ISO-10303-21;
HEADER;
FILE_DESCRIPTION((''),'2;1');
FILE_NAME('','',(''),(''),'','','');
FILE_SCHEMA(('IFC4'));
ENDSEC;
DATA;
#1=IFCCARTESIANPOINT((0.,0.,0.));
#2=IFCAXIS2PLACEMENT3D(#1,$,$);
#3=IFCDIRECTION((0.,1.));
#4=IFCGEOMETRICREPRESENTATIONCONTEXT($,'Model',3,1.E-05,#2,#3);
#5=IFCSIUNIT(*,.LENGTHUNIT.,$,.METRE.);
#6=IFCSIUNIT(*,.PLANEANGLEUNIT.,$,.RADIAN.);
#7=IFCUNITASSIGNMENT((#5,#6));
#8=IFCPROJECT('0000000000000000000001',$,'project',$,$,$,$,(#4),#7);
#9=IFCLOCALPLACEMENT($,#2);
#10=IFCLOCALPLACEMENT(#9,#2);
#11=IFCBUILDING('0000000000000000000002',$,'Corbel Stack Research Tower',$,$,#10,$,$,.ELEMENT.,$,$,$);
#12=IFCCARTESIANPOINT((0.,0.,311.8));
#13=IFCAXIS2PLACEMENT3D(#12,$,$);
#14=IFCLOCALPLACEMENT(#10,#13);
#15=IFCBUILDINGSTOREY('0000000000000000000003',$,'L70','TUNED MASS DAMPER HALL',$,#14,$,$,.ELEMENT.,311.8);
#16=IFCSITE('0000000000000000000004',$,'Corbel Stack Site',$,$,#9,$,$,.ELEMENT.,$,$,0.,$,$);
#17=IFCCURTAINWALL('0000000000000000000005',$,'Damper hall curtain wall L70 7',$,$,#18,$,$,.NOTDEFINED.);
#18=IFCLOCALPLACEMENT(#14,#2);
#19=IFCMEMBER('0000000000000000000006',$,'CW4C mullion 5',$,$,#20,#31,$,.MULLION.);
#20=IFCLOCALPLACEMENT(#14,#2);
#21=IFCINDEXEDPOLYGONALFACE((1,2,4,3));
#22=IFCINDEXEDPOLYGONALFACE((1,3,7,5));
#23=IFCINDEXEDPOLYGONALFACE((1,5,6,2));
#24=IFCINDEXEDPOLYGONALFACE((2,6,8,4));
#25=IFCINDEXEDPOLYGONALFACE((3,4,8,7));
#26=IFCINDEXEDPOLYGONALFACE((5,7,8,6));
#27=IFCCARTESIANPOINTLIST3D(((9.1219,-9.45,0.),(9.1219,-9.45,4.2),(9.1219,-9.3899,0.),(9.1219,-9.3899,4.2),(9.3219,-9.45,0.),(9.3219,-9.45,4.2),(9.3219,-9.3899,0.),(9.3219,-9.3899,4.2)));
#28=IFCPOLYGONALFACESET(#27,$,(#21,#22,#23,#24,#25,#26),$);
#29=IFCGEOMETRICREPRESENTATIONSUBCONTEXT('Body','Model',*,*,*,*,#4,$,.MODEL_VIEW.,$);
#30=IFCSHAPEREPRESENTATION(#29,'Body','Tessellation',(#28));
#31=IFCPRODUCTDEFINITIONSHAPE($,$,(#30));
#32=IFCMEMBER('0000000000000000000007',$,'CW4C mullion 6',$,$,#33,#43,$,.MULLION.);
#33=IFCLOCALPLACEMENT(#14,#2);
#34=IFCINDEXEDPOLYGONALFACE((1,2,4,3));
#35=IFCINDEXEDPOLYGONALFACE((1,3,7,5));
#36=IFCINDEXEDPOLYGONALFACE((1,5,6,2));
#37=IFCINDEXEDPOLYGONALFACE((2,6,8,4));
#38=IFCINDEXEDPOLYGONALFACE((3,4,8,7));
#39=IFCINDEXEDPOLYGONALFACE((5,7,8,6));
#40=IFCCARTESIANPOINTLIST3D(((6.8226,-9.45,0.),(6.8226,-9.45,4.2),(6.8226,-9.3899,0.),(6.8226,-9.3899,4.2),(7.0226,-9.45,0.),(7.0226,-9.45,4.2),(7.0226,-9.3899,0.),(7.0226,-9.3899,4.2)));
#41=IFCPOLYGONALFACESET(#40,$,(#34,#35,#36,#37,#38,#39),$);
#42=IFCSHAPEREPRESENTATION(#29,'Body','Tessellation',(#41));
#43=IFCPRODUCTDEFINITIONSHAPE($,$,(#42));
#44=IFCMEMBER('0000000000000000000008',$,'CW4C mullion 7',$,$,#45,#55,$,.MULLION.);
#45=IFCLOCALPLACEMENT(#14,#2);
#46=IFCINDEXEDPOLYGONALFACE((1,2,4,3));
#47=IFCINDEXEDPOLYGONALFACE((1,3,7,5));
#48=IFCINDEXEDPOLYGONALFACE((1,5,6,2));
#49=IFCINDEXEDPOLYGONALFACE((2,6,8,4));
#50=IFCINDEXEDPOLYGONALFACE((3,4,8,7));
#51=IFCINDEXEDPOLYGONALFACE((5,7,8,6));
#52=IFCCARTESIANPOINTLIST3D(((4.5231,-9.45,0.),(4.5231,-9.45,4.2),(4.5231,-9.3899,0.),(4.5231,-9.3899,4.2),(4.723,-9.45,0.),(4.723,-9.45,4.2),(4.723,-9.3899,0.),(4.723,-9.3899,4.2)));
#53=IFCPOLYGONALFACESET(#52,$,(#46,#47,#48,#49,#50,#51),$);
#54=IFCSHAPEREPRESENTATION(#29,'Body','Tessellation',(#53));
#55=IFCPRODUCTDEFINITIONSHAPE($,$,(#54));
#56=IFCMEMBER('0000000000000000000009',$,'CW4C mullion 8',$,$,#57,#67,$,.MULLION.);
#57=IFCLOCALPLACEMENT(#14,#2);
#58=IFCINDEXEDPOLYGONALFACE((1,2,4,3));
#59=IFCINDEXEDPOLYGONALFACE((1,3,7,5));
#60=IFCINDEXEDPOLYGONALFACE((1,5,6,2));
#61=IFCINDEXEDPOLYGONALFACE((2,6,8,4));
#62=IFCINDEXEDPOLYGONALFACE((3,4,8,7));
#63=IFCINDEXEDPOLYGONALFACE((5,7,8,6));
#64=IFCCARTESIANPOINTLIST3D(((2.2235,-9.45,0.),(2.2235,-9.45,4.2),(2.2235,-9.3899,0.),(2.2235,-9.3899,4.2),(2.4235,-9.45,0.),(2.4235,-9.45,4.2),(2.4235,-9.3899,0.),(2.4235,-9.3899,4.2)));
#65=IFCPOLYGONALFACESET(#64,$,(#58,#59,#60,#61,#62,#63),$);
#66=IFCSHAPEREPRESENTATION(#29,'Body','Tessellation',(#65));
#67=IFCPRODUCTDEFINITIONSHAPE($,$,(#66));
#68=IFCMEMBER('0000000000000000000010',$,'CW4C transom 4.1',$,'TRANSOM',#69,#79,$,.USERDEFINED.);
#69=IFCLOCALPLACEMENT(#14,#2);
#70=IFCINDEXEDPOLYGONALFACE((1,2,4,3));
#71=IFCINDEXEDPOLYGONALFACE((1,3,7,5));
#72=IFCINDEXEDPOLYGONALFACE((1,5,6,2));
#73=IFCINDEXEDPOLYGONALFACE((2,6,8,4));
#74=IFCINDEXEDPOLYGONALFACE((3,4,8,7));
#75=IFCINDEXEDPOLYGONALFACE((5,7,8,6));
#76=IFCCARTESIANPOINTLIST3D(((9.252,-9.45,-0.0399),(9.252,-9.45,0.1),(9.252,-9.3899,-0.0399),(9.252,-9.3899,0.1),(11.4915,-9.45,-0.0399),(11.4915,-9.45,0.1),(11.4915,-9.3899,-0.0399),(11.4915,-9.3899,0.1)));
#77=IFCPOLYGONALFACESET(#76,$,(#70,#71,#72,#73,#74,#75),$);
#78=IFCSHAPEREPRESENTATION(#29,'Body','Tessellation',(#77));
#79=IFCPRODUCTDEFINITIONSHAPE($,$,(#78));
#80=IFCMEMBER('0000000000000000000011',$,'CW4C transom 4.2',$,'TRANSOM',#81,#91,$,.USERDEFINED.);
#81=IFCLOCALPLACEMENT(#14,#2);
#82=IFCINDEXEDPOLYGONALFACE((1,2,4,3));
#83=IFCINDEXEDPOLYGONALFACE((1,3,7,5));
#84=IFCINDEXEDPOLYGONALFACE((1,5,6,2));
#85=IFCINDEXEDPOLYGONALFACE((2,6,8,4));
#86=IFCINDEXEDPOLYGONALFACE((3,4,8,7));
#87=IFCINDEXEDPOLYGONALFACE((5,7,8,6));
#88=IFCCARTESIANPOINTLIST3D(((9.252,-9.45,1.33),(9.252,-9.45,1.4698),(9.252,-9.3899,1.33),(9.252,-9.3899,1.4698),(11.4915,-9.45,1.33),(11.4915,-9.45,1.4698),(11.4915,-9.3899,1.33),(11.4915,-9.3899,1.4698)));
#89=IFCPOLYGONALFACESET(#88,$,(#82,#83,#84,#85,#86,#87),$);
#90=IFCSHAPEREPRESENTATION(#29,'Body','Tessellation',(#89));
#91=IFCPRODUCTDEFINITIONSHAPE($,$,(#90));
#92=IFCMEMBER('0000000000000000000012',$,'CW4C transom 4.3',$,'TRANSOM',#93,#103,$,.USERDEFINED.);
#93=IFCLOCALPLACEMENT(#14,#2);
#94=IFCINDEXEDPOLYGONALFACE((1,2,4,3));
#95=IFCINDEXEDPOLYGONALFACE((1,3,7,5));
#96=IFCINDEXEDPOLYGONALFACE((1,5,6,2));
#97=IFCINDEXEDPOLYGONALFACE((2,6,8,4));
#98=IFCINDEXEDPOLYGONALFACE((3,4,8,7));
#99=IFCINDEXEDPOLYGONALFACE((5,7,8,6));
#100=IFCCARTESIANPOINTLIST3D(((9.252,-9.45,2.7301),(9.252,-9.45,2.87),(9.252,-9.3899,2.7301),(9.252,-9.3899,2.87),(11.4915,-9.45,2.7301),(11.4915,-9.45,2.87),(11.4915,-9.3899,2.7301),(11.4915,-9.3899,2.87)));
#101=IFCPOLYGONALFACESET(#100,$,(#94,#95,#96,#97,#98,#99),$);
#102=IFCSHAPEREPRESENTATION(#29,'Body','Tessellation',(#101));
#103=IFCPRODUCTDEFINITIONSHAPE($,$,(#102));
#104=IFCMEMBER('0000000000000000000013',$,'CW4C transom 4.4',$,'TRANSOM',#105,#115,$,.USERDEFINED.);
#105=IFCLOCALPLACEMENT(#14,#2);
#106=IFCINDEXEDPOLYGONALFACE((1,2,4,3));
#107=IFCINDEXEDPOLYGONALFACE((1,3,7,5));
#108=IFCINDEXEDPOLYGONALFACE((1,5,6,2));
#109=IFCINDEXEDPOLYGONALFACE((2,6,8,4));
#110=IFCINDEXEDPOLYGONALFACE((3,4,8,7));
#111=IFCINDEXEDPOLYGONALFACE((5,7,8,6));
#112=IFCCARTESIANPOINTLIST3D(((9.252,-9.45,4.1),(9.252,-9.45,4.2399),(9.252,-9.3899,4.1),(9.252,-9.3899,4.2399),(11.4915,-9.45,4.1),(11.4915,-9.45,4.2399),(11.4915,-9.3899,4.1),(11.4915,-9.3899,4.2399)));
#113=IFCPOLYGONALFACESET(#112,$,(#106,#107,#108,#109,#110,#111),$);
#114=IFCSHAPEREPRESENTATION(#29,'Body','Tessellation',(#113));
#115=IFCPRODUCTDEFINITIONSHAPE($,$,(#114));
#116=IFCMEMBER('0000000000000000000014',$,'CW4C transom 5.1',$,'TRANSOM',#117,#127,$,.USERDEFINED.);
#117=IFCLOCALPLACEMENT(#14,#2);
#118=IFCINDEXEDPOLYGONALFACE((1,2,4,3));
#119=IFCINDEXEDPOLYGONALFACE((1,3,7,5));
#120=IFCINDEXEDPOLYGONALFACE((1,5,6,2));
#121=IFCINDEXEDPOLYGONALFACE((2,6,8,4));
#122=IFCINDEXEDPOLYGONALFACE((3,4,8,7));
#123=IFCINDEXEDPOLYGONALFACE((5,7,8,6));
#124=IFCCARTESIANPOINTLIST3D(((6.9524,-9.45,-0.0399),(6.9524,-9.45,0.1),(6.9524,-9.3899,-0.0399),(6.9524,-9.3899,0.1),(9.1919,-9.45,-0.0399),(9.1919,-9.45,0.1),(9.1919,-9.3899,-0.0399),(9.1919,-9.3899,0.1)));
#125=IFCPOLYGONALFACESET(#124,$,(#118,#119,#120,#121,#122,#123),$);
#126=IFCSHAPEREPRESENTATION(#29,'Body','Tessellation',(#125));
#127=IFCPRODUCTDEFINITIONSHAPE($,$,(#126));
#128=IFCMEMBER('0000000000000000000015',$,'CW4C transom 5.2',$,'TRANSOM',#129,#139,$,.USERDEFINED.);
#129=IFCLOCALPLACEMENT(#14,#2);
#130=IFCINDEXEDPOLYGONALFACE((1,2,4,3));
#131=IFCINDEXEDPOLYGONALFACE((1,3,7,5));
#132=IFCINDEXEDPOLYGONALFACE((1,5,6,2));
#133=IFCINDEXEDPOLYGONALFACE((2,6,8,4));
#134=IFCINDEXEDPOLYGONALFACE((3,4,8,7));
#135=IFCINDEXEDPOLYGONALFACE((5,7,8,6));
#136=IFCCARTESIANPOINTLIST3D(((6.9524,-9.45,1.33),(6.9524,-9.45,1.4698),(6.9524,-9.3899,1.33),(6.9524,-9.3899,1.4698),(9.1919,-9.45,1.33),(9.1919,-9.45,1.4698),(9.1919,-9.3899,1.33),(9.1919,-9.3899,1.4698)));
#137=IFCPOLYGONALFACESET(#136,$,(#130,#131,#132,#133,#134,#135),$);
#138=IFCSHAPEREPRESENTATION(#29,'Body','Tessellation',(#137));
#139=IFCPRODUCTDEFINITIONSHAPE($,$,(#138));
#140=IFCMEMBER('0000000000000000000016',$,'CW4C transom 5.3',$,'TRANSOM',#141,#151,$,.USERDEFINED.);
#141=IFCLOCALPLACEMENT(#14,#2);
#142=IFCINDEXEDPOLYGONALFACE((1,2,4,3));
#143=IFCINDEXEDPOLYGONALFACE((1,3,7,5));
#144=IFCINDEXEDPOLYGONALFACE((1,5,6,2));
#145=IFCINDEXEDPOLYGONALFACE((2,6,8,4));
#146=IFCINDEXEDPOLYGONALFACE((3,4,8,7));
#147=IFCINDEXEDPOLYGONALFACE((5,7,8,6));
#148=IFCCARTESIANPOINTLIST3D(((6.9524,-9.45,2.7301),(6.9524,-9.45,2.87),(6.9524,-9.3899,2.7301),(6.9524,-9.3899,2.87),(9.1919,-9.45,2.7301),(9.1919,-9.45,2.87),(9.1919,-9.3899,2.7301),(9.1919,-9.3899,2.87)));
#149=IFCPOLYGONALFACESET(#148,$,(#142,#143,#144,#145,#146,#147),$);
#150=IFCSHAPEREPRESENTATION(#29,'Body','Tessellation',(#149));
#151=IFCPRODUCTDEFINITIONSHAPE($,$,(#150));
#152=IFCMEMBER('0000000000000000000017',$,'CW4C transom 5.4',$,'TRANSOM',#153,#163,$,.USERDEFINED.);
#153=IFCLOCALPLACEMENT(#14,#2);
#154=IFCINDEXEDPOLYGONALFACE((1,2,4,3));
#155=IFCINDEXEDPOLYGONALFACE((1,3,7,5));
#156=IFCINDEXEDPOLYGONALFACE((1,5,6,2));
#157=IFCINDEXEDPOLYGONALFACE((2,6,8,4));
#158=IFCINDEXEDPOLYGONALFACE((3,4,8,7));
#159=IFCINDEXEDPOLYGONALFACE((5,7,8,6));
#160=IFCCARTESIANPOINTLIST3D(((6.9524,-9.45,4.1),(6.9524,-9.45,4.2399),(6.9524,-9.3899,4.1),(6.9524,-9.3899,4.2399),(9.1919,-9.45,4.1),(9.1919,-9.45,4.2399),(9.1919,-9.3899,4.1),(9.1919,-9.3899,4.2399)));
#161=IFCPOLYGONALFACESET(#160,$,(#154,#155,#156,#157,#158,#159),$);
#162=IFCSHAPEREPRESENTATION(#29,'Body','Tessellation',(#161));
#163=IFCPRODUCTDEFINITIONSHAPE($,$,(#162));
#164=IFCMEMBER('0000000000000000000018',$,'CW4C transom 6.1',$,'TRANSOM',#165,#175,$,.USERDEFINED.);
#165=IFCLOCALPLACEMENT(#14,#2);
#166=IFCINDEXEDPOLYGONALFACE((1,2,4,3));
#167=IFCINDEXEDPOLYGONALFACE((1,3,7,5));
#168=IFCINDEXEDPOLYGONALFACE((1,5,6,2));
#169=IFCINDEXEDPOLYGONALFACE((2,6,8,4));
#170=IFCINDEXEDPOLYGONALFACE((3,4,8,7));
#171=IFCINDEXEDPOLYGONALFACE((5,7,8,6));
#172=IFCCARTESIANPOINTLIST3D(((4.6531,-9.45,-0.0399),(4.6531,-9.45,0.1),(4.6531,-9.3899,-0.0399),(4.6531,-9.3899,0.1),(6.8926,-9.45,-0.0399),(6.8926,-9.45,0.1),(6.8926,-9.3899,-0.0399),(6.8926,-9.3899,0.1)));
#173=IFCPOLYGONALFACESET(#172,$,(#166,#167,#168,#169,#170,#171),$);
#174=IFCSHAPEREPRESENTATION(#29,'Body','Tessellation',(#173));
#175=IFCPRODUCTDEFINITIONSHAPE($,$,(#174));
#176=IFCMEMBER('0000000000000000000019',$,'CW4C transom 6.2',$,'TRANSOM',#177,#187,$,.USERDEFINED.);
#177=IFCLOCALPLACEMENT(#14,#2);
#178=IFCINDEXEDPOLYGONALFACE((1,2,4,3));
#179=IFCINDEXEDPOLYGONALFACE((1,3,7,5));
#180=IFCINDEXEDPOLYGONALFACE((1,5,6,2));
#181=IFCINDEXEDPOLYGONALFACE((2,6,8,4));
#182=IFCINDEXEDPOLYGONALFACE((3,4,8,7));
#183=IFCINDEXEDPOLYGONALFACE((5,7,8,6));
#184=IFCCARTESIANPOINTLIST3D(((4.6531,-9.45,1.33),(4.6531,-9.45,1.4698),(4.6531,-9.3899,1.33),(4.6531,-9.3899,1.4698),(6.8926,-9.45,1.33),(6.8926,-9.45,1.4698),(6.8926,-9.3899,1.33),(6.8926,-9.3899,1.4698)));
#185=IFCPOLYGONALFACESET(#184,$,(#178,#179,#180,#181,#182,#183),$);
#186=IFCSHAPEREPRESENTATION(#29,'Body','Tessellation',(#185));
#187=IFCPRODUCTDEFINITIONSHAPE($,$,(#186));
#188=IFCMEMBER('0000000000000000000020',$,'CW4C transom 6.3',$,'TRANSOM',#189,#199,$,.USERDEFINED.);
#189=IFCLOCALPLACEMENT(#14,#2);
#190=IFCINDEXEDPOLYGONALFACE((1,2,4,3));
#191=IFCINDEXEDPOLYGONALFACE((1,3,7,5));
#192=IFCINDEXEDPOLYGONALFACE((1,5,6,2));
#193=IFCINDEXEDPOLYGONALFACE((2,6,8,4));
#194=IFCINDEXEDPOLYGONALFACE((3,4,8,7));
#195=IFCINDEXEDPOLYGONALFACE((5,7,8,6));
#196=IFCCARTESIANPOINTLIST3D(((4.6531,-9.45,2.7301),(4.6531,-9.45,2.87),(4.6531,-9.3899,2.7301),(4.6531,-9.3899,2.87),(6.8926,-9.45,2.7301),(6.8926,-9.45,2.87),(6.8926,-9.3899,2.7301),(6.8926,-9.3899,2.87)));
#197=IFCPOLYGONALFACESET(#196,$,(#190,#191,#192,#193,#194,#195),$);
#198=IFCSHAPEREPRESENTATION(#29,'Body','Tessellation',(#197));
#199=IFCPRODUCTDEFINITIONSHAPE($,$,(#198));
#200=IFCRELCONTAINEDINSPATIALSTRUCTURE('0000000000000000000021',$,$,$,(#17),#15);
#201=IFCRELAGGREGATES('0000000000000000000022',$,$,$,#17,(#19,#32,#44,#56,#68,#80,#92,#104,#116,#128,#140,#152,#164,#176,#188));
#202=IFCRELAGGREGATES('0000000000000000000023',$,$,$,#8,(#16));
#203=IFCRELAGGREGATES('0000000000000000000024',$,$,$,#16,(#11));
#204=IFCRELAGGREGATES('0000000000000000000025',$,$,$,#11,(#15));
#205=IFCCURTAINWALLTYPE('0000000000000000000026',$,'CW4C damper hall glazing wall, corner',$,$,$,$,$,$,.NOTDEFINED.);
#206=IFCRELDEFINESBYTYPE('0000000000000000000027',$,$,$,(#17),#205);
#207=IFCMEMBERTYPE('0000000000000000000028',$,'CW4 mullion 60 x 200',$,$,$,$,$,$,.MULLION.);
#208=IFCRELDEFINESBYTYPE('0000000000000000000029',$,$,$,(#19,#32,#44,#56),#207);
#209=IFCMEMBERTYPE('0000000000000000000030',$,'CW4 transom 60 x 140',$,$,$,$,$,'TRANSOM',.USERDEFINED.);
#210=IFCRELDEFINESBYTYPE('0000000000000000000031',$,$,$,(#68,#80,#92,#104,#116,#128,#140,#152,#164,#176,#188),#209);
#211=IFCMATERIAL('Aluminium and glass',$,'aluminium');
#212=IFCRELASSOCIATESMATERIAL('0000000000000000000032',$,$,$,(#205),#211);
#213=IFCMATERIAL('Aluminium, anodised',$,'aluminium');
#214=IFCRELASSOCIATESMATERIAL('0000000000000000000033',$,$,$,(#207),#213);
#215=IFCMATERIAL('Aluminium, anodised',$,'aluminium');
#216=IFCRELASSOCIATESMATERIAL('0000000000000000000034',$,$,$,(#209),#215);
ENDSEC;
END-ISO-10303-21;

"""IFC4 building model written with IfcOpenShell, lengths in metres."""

from ifc_helpers import new_model, si_unit, direction, frame, origin, origin_2d, place, context, subcontext, project, spatial, rectangle, extrude, material, material_profile, profile_set, type_object, element, aggregate, save


model = new_model("IFC4")

# Units and contexts
model_context = context("Model", 3, precision=1e-05, world=origin(), true_north=direction((0.0, 1.0)))
body_context = subcontext(model_context, "Body", "Model", "MODEL_VIEW")
ifc_project = project(units=[si_unit("LENGTHUNIT", "METRE"), si_unit("PLANEANGLEUNIT", "RADIAN")], contexts=[model_context])

# Site, building, storey
site_placement = place(None, origin())
site = spatial("IfcSite", under=ifc_project, at=site_placement, Name="Corbel Stack Site", CompositionType="ELEMENT", RefElevation=0.0)
building_placement = place(site_placement, origin())
building = spatial("IfcBuilding", under=site, at=building_placement, Name="Corbel Stack Research Tower", CompositionType="ELEMENT")
storey_placement = place(building_placement, frame((0.0, 0.0, 311.8)))
storey = spatial("IfcBuildingStorey", under=building, at=storey_placement, Name="L70", Description="TUNED MASS DAMPER HALL", CompositionType="ELEMENT", Elevation=311.8)

# Curtain wall, members
ifc_material_1 = material(Name="Aluminium and glass", Category="aluminium")
curtain_wall_type = type_object("IfcCurtainWallType", Name="CW4C damper hall glazing wall, corner", PredefinedType="NOTDEFINED", material=ifc_material_1)
curtain_wall_placement = place(storey_placement, origin())
curtain_wall = element("IfcCurtainWall", 1, at=curtain_wall_placement, inside=storey, type_object=curtain_wall_type, Name="Damper hall curtain wall L70 7", PredefinedType="NOTDEFINED")
ifc_material_2 = material(Name="Aluminium, anodised", Category="aluminium")
ifc_material_profile_1 = material_profile(ifc_material_2, rectangle(XDim=0.0601, YDim=0.2, at=origin_2d()), Name="CW4 mullion 60 x 200")
ifc_profile_set_1 = profile_set([ifc_material_profile_1], Name="Aluminium, anodised")
member_type_1 = type_object("IfcMemberType", Name="CW4 mullion 60 x 200", PredefinedType="MULLION", material=ifc_profile_set_1)
member_1_placement = place(storey_placement, frame((9.2219, -9.4199, 0.0), z_axis=(0.0, 0.0, 1.0), x_axis=(0.0, -1.0, 0.0)))
member_1 = element("IfcMember", 2, at=member_1_placement, type_object=member_type_1, Name="CW4C mullion 5", PredefinedType="MULLION", context=body_context, shape_type="SweptSolid", body=[
    extrude(rectangle(XDim=0.0601, YDim=0.2, at=origin_2d()), origin(), (0.0, 0.0, 1.0), 4.2),
])
member_2_placement = place(storey_placement, frame((6.9226, -9.4199, 0.0), z_axis=(0.0, 0.0, 1.0), x_axis=(0.0, -1.0, 0.0)))
member_2 = element("IfcMember", 3, at=member_2_placement, type_object=member_type_1, Name="CW4C mullion 6", PredefinedType="MULLION", context=body_context, shape_type="SweptSolid", body=[
    extrude(rectangle(XDim=0.0601, YDim=0.2, at=origin_2d()), origin(), (0.0, 0.0, 1.0), 4.2),
])
member_3_placement = place(storey_placement, frame((4.623, -9.4199, 0.0), z_axis=(0.0, 0.0, 1.0), x_axis=(0.0, -1.0, 0.0)))
member_3 = element("IfcMember", 4, at=member_3_placement, type_object=member_type_1, Name="CW4C mullion 7", PredefinedType="MULLION", context=body_context, shape_type="SweptSolid", body=[
    extrude(rectangle(XDim=0.0601, YDim=0.2, at=origin_2d()), origin(), (0.0, 0.0, 1.0), 4.2),
])
member_4_placement = place(storey_placement, frame((2.3235, -9.4199, 0.0), z_axis=(0.0, 0.0, 1.0), x_axis=(0.0, -1.0, 0.0)))
member_4 = element("IfcMember", 5, at=member_4_placement, type_object=member_type_1, Name="CW4C mullion 8", PredefinedType="MULLION", context=body_context, shape_type="SweptSolid", body=[
    extrude(rectangle(XDim=0.0601, YDim=0.2, at=origin_2d()), origin(), (0.0, 0.0, 1.0), 4.2),
])
ifc_material_3 = material(Name="Aluminium, anodised", Category="aluminium")
ifc_material_profile_2 = material_profile(ifc_material_3, rectangle(XDim=0.0601, YDim=0.1399, at=origin_2d()), Name="CW4 transom 60 x 140")
ifc_profile_set_2 = profile_set([ifc_material_profile_2], Name="Aluminium, anodised")
member_type_2 = type_object("IfcMemberType", Name="CW4 transom 60 x 140", ElementType="TRANSOM", PredefinedType="USERDEFINED", material=ifc_profile_set_2)
member_5_placement = place(storey_placement, frame((11.4915, -9.4199, 0.03), z_axis=(-1.0, 0.0, 0.0), x_axis=(0.0, -1.0, 0.0)))
member_5 = element("IfcMember", 6, at=member_5_placement, type_object=member_type_2, Name="CW4C transom 4.1", ObjectType="TRANSOM", PredefinedType="USERDEFINED", context=body_context, shape_type="SweptSolid", body=[
    extrude(rectangle(XDim=0.0601, YDim=0.1399, at=origin_2d()), origin(), (0.0, 0.0, 1.0), 2.2395),
])
member_6_placement = place(storey_placement, frame((11.4915, -9.4199, 1.3999), z_axis=(-1.0, 0.0, 0.0), x_axis=(0.0, -1.0, 0.0)))
member_6 = element("IfcMember", 7, at=member_6_placement, type_object=member_type_2, Name="CW4C transom 4.2", ObjectType="TRANSOM", PredefinedType="USERDEFINED", context=body_context, shape_type="SweptSolid", body=[
    extrude(rectangle(XDim=0.0601, YDim=0.1399, at=origin_2d()), origin(), (0.0, 0.0, 1.0), 2.2395),
])
member_7_placement = place(storey_placement, frame((11.4915, -9.4199, 2.8), z_axis=(-1.0, 0.0, 0.0), x_axis=(0.0, -1.0, 0.0)))
member_7 = element("IfcMember", 8, at=member_7_placement, type_object=member_type_2, Name="CW4C transom 4.3", ObjectType="TRANSOM", PredefinedType="USERDEFINED", context=body_context, shape_type="SweptSolid", body=[
    extrude(rectangle(XDim=0.0601, YDim=0.1399, at=origin_2d()), origin(), (0.0, 0.0, 1.0), 2.2395),
])
member_8_placement = place(storey_placement, frame((11.4915, -9.4199, 4.1699), z_axis=(-1.0, 0.0, 0.0), x_axis=(0.0, -1.0, 0.0)))
member_8 = element("IfcMember", 9, at=member_8_placement, type_object=member_type_2, Name="CW4C transom 4.4", ObjectType="TRANSOM", PredefinedType="USERDEFINED", context=body_context, shape_type="SweptSolid", body=[
    extrude(rectangle(XDim=0.0601, YDim=0.1399, at=origin_2d()), origin(), (0.0, 0.0, 1.0), 2.2395),
])
member_9_placement = place(storey_placement, frame((9.1919, -9.4199, 0.03), z_axis=(-1.0, 0.0, 0.0), x_axis=(0.0, -1.0, 0.0)))
member_9 = element("IfcMember", 10, at=member_9_placement, type_object=member_type_2, Name="CW4C transom 5.1", ObjectType="TRANSOM", PredefinedType="USERDEFINED", context=body_context, shape_type="SweptSolid", body=[
    extrude(rectangle(XDim=0.0601, YDim=0.1399, at=origin_2d()), origin(), (0.0, 0.0, 1.0), 2.2395),
])
member_10_placement = place(storey_placement, frame((9.1919, -9.4199, 1.3999), z_axis=(-1.0, 0.0, 0.0), x_axis=(0.0, -1.0, 0.0)))
member_10 = element("IfcMember", 11, at=member_10_placement, type_object=member_type_2, Name="CW4C transom 5.2", ObjectType="TRANSOM", PredefinedType="USERDEFINED", context=body_context, shape_type="SweptSolid", body=[
    extrude(rectangle(XDim=0.0601, YDim=0.1399, at=origin_2d()), origin(), (0.0, 0.0, 1.0), 2.2395),
])
member_11_placement = place(storey_placement, frame((9.1919, -9.4199, 2.8), z_axis=(-1.0, 0.0, 0.0), x_axis=(0.0, -1.0, 0.0)))
member_11 = element("IfcMember", 12, at=member_11_placement, type_object=member_type_2, Name="CW4C transom 5.3", ObjectType="TRANSOM", PredefinedType="USERDEFINED", context=body_context, shape_type="SweptSolid", body=[
    extrude(rectangle(XDim=0.0601, YDim=0.1399, at=origin_2d()), origin(), (0.0, 0.0, 1.0), 2.2395),
])
member_12_placement = place(storey_placement, frame((9.1919, -9.4199, 4.1699), z_axis=(-1.0, 0.0, 0.0), x_axis=(0.0, -1.0, 0.0)))
member_12 = element("IfcMember", 13, at=member_12_placement, type_object=member_type_2, Name="CW4C transom 5.4", ObjectType="TRANSOM", PredefinedType="USERDEFINED", context=body_context, shape_type="SweptSolid", body=[
    extrude(rectangle(XDim=0.0601, YDim=0.1399, at=origin_2d()), origin(), (0.0, 0.0, 1.0), 2.2395),
])
member_13_placement = place(storey_placement, frame((6.8926, -9.4199, 0.03), z_axis=(-1.0, 0.0, 0.0), x_axis=(0.0, -1.0, 0.0)))
member_13 = element("IfcMember", 14, at=member_13_placement, type_object=member_type_2, Name="CW4C transom 6.1", ObjectType="TRANSOM", PredefinedType="USERDEFINED", context=body_context, shape_type="SweptSolid", body=[
    extrude(rectangle(XDim=0.0601, YDim=0.1399, at=origin_2d()), origin(), (0.0, 0.0, 1.0), 2.2395),
])
member_14_placement = place(storey_placement, frame((6.8926, -9.4199, 1.3999), z_axis=(-1.0, 0.0, 0.0), x_axis=(0.0, -1.0, 0.0)))
member_14 = element("IfcMember", 15, at=member_14_placement, type_object=member_type_2, Name="CW4C transom 6.2", ObjectType="TRANSOM", PredefinedType="USERDEFINED", context=body_context, shape_type="SweptSolid", body=[
    extrude(rectangle(XDim=0.0601, YDim=0.1399, at=origin_2d()), origin(), (0.0, 0.0, 1.0), 2.2395),
])
member_15_placement = place(storey_placement, frame((6.8926, -9.4199, 2.8), z_axis=(-1.0, 0.0, 0.0), x_axis=(0.0, -1.0, 0.0)))
member_15 = element("IfcMember", 16, at=member_15_placement, type_object=member_type_2, Name="CW4C transom 6.3", ObjectType="TRANSOM", PredefinedType="USERDEFINED", context=body_context, shape_type="SweptSolid", body=[
    extrude(rectangle(XDim=0.0601, YDim=0.1399, at=origin_2d()), origin(), (0.0, 0.0, 1.0), 2.2395),
])
aggregate(curtain_wall, [member_1, member_2, member_3, member_4, member_5, member_6, member_7, member_8, member_9, member_10, member_11, member_12, member_13, member_14, member_15])

save(model, "model.ifc")
